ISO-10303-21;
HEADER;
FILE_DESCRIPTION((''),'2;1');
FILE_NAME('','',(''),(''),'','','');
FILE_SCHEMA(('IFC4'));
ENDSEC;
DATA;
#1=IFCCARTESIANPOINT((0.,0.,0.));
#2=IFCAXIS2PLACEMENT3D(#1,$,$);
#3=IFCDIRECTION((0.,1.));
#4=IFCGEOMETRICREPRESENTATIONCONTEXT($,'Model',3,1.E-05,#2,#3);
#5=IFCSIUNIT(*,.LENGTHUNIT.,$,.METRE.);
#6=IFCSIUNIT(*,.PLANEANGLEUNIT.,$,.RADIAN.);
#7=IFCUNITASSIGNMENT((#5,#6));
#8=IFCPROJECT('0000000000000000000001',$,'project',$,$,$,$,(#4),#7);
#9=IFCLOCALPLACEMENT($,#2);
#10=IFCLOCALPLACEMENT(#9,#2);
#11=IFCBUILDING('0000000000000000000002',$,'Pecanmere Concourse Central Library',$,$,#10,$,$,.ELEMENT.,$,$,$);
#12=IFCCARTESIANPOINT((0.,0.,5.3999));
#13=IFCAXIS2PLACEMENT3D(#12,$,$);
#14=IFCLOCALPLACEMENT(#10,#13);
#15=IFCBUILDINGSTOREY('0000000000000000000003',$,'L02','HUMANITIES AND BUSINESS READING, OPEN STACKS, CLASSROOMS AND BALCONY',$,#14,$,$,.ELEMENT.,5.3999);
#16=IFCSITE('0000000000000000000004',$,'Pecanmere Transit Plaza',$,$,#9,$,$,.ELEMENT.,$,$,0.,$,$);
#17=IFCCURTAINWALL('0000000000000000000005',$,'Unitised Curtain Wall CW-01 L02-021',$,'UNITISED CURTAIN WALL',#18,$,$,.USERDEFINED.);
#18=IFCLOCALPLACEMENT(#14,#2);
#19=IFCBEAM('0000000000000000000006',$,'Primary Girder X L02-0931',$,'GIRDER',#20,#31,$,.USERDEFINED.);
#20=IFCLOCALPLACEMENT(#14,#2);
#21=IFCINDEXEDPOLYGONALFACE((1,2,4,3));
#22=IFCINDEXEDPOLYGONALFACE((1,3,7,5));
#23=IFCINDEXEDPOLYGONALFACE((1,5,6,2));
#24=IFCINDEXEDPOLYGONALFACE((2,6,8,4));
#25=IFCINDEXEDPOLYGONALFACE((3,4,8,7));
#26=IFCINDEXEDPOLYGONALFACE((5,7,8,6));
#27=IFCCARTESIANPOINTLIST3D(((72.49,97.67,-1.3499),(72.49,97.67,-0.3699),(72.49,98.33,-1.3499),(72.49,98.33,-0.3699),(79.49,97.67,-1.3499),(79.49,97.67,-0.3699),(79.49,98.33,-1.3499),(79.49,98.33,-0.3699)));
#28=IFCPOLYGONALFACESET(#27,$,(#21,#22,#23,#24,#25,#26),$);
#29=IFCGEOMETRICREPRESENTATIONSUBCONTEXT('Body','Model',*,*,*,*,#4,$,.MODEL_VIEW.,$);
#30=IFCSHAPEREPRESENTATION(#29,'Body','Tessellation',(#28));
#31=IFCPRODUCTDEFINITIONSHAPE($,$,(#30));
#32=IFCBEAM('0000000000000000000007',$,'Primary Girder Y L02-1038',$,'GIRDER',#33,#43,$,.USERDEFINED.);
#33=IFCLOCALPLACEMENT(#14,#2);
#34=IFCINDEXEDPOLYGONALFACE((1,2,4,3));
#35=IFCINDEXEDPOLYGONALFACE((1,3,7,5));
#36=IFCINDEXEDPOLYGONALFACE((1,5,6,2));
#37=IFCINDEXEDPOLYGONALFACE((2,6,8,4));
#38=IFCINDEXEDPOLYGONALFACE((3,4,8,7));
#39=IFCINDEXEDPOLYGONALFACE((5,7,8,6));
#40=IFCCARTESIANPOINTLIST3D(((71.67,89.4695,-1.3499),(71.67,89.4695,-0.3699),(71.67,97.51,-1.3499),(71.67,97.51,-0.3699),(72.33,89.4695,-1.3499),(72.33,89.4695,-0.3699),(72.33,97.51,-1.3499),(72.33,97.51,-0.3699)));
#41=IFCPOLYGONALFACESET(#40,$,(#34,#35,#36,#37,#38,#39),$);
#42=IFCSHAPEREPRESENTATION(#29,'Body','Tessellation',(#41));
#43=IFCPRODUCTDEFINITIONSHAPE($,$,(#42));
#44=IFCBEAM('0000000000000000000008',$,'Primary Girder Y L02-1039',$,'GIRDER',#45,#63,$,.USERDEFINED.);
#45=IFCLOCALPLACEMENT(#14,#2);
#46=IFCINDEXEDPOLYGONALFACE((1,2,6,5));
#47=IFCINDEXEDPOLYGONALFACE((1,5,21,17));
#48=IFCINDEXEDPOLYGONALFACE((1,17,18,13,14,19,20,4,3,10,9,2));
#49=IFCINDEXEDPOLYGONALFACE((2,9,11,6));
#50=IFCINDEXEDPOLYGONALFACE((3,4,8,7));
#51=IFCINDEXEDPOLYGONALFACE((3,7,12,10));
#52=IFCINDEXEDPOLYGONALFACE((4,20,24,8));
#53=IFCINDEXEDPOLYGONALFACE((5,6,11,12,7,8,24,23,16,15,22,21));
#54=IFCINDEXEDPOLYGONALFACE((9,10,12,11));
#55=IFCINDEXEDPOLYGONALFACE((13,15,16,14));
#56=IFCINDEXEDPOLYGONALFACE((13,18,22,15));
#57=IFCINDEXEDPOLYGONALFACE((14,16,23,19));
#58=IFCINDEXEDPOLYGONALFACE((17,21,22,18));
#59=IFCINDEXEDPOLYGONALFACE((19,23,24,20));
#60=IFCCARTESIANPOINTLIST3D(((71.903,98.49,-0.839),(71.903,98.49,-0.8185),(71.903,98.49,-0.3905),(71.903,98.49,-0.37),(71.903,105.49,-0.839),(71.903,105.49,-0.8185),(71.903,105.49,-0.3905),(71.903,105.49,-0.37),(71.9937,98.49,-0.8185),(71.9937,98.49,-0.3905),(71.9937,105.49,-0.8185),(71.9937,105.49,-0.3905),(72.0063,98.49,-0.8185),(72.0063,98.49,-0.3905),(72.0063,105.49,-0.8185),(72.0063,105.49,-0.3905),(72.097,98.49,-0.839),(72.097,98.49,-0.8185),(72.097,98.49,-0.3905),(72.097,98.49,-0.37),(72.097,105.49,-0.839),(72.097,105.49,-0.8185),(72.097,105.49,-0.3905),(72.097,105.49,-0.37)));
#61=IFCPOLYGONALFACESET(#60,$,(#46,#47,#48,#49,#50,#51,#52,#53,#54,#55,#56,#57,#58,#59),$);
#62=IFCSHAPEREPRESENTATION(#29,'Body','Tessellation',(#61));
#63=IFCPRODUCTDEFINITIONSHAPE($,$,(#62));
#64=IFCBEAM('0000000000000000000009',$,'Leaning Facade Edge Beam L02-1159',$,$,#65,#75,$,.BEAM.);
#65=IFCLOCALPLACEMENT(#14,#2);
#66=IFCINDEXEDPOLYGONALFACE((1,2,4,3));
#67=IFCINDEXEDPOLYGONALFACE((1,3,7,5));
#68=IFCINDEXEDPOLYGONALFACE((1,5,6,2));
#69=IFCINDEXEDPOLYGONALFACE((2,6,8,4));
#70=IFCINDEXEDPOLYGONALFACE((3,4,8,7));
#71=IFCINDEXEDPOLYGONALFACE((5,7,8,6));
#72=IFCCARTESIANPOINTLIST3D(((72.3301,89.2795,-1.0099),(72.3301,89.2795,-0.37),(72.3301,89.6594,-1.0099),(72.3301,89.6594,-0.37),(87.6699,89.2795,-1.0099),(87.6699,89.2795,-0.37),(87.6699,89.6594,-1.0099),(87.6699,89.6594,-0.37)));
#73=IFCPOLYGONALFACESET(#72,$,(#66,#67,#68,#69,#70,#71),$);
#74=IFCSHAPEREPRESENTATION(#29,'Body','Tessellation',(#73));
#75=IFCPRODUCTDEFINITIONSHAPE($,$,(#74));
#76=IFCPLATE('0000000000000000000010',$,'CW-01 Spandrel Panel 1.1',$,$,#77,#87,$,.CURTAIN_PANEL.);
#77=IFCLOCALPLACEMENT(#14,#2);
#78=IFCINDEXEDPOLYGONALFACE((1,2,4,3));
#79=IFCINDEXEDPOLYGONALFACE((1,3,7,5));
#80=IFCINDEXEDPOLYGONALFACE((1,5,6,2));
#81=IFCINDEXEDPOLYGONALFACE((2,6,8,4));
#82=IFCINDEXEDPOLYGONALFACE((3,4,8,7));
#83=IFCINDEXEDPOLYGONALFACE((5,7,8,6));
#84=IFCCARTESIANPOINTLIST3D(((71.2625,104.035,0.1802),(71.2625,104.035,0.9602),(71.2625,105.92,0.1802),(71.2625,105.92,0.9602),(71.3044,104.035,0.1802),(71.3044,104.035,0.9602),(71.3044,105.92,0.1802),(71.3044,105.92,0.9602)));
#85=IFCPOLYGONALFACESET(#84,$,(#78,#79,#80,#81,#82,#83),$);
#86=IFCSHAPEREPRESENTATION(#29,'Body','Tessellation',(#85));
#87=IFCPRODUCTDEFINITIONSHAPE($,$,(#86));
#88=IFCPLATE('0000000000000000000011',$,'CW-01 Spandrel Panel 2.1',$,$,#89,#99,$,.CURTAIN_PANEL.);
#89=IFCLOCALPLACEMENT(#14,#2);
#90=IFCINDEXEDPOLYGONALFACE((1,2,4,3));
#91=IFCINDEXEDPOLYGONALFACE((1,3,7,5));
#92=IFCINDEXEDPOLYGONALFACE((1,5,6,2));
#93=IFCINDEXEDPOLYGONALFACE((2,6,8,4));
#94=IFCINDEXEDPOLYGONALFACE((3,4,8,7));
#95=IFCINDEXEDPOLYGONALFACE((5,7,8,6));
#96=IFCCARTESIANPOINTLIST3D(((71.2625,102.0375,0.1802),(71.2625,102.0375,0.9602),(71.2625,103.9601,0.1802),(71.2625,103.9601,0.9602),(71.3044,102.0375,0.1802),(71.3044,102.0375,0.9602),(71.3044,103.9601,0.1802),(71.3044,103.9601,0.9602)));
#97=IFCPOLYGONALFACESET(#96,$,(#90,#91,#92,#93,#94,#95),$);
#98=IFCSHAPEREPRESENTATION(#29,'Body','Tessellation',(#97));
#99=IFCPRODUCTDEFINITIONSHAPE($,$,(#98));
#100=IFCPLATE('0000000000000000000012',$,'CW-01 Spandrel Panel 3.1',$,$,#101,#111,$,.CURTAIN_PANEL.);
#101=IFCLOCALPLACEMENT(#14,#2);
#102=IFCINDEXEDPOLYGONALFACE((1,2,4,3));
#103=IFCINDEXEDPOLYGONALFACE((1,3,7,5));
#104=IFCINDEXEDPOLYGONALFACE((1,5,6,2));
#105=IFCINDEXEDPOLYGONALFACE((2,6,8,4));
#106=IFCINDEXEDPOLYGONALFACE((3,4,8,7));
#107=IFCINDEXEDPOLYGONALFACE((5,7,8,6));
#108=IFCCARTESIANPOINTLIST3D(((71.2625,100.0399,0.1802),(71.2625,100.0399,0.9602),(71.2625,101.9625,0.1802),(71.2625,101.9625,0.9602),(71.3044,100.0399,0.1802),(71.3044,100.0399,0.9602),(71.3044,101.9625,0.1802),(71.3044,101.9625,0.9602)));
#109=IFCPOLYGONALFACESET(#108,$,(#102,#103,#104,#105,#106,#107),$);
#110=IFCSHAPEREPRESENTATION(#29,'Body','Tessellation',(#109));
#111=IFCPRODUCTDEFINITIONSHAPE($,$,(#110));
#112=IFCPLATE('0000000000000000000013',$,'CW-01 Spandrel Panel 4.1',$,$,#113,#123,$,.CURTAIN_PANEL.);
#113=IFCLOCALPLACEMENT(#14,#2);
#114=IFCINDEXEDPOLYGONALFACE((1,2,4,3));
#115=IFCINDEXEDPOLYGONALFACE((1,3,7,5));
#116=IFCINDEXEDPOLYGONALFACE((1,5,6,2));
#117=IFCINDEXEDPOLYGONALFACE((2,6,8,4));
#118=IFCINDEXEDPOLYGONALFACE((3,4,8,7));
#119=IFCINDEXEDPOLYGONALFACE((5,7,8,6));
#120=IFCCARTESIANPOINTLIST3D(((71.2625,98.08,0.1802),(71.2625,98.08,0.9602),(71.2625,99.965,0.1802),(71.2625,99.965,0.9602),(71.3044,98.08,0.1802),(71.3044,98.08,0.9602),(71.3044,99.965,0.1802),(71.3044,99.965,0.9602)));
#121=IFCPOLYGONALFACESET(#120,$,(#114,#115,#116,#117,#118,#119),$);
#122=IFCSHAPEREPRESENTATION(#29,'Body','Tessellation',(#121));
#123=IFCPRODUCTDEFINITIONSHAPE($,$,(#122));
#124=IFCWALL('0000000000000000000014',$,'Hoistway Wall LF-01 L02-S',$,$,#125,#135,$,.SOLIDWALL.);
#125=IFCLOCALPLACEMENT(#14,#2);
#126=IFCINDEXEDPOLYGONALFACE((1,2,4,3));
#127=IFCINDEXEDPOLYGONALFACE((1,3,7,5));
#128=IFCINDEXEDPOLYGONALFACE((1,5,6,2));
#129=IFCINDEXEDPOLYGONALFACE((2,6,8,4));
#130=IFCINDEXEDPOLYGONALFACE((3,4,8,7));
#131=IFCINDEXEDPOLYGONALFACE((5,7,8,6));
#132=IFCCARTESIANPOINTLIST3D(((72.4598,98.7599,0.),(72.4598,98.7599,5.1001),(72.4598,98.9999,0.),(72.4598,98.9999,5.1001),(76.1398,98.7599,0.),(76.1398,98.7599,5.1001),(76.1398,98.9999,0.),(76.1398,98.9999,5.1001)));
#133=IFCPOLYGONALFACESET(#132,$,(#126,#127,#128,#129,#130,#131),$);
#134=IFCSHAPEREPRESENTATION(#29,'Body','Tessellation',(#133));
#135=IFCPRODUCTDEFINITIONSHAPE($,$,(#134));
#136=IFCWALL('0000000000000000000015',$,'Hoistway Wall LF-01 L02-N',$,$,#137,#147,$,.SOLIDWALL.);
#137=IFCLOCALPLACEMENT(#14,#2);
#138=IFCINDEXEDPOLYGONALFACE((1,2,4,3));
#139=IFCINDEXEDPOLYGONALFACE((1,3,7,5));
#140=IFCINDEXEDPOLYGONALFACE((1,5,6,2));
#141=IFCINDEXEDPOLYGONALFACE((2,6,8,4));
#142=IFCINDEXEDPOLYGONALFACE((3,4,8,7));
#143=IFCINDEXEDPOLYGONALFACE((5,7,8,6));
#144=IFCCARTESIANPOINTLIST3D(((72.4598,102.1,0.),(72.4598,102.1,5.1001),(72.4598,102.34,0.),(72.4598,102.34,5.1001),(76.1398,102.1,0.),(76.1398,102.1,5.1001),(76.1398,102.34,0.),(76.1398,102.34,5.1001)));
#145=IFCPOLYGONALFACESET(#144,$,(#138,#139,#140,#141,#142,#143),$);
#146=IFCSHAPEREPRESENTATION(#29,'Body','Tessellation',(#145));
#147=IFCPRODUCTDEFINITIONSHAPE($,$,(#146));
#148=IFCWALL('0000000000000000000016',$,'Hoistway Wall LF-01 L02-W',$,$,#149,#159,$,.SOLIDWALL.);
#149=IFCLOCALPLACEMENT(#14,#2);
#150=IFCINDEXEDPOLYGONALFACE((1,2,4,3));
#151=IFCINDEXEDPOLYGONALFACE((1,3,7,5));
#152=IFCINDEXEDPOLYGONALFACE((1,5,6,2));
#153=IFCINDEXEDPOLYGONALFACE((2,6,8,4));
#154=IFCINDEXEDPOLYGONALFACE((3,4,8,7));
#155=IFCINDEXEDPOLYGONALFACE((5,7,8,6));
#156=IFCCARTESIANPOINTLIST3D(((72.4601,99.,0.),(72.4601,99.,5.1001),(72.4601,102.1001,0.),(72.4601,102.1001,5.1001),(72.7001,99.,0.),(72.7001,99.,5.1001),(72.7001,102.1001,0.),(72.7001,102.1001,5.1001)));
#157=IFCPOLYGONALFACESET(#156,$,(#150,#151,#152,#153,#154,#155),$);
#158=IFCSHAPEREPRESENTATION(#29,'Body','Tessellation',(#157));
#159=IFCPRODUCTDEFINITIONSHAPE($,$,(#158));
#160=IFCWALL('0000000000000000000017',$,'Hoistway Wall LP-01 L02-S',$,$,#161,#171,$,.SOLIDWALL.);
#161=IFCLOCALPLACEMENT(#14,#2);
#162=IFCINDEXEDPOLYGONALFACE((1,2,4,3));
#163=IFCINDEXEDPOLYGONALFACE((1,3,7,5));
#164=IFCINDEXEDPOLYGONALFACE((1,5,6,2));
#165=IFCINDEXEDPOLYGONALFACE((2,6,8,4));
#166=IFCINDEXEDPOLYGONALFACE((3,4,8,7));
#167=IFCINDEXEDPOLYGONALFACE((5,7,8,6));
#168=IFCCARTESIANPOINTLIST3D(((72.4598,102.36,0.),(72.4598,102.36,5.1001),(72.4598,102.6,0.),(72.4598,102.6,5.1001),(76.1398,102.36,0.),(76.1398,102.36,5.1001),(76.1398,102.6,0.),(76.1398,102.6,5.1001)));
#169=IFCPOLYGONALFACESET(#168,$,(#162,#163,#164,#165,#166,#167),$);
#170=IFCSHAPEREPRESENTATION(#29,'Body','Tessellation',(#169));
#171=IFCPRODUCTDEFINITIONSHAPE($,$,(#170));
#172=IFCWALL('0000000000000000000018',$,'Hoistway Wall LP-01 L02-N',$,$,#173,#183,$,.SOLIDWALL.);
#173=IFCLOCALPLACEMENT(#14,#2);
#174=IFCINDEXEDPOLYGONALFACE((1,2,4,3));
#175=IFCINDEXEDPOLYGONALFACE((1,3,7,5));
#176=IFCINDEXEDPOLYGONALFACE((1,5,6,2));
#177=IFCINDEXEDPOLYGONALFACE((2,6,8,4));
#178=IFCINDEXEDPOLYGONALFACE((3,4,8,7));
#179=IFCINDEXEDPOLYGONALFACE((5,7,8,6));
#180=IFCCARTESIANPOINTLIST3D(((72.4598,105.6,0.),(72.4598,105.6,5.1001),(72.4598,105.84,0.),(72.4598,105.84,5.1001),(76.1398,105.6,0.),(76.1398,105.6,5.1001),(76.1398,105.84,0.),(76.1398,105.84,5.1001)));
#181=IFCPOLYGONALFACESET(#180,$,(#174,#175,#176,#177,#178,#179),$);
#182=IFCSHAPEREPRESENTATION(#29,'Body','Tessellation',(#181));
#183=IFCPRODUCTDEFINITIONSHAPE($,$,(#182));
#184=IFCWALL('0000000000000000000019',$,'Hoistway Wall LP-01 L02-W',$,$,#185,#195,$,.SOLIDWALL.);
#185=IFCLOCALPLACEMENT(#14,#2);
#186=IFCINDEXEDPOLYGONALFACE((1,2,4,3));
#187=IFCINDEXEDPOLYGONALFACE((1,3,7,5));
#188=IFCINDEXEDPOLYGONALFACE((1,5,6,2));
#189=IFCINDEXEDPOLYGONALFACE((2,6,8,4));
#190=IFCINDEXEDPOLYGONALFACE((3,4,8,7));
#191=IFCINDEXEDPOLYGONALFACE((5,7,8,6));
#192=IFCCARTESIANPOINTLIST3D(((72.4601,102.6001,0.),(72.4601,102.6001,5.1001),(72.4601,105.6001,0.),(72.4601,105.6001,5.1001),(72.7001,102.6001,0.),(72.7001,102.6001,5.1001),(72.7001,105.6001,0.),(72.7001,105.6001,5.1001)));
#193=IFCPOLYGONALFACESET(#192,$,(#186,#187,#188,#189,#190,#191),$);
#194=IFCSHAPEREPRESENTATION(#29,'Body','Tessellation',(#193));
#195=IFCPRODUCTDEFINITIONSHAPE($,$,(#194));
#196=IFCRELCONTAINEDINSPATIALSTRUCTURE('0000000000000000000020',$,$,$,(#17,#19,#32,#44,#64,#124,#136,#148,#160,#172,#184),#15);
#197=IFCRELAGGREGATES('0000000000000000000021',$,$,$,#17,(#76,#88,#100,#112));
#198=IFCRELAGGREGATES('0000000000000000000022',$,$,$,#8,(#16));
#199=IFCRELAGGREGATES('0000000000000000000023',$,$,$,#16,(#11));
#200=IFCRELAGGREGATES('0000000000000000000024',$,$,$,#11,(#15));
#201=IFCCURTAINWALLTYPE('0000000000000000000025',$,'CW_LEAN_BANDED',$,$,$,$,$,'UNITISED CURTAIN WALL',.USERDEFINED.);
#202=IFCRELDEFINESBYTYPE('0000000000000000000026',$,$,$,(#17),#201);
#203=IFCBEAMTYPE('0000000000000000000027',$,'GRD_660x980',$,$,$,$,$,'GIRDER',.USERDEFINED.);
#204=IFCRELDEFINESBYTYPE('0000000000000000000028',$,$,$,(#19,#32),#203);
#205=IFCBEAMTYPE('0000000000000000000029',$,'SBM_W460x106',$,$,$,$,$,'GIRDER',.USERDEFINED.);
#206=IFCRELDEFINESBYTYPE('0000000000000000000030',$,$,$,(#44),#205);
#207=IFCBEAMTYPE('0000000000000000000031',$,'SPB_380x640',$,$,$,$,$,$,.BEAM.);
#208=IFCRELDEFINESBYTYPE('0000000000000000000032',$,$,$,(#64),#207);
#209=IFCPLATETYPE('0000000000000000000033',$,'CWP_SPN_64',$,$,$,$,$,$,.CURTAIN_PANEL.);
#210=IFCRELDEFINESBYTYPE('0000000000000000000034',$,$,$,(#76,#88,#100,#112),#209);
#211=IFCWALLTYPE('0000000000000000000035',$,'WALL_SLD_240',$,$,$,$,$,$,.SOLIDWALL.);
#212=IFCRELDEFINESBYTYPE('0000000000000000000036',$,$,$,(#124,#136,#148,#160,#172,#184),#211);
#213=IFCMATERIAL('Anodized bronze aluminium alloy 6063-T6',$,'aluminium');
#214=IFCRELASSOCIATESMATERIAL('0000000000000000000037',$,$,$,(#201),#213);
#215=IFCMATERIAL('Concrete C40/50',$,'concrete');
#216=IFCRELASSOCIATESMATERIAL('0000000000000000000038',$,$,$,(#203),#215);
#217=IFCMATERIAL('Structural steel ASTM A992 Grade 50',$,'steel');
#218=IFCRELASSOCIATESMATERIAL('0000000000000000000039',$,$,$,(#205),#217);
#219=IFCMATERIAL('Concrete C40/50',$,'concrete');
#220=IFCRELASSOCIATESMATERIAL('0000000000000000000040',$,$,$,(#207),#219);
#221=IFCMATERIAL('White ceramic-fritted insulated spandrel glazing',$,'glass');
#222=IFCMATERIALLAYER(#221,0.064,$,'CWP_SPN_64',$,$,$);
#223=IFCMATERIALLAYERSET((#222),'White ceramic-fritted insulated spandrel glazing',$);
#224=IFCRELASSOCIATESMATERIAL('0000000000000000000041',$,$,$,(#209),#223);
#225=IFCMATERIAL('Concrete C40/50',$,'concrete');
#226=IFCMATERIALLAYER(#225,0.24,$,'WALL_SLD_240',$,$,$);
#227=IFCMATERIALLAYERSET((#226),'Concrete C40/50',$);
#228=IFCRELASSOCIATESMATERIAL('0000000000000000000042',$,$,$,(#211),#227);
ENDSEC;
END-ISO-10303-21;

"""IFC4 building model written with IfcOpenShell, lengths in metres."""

from ifc_helpers import new_model, si_unit, direction, frame, frame_2d, origin, origin_2d, place, context, subcontext, project, spatial, rectangle, i_section, extrude, material, layer, layer_set, material_profile, profile_set, type_object, element, aggregate, save


model = new_model("IFC4")

# Units and contexts
model_context = context("Model", 3, precision=1e-05, world=origin(), true_north=direction((0.0, 1.0)))
body_context = subcontext(model_context, "Body", "Model", "MODEL_VIEW")
ifc_project = project(units=[si_unit("LENGTHUNIT", "METRE"), si_unit("PLANEANGLEUNIT", "RADIAN")], contexts=[model_context])

# Site, building, storey
site_placement = place(None, origin())
site = spatial("IfcSite", under=ifc_project, at=site_placement, Name="Pecanmere Transit Plaza", CompositionType="ELEMENT", RefElevation=0.0)
building_placement = place(site_placement, origin())
building = spatial("IfcBuilding", under=site, at=building_placement, Name="Pecanmere Concourse Central Library", CompositionType="ELEMENT")
storey_placement = place(building_placement, frame((0.0, 0.0, 5.3999)))
storey = spatial("IfcBuildingStorey", under=building, at=storey_placement, Name="L02", Description="HUMANITIES AND BUSINESS READING, OPEN STACKS, CLASSROOMS AND BALCONY", CompositionType="ELEMENT", Elevation=5.3999)

# Shared definitions
ifc_material_1 = material(Name="Anodized bronze aluminium alloy 6063-T6", Category="aluminium")
curtain_wall_type = type_object("IfcCurtainWallType", Name="CW_LEAN_BANDED", ElementType="UNITISED CURTAIN WALL", PredefinedType="USERDEFINED", material=ifc_material_1)

# Curtain wall
curtain_wall_1_placement = place(storey_placement, origin())
curtain_wall_1 = element("IfcCurtainWall", 1, at=curtain_wall_1_placement, inside=storey, type_object=curtain_wall_type, Name="Unitised Curtain Wall CW-01 L02-021", ObjectType="UNITISED CURTAIN WALL", PredefinedType="USERDEFINED")

# Beams
ifc_material_2 = material(Name="Concrete C40/50", Category="concrete")
ifc_material_profile_1 = material_profile(ifc_material_2, rectangle(XDim=0.6599, YDim=0.98, at=origin_2d()), Name="RC 660x980")
ifc_profile_set_1 = profile_set([ifc_material_profile_1], Name="Concrete C40/50")
beam_type_1 = type_object("IfcBeamType", Name="GRD_660x980", ElementType="GIRDER", PredefinedType="USERDEFINED", material=ifc_profile_set_1)
for number, where, z_axis, x_axis, name in (
    (2, (72.49, 98.0, -0.8599), (1.0, 0.0, 0.0), (0.0, 1.0, 0.0), "Primary Girder X L02-0931"),
):
    element("IfcBeam", number, at=place(storey_placement, frame(where, z_axis=z_axis, x_axis=x_axis)), inside=storey, type_object=beam_type_1, Name=name, ObjectType="GIRDER", PredefinedType="USERDEFINED", context=body_context, shape_type="SweptSolid", body=[
        extrude(rectangle(XDim=0.6599, YDim=0.98, at=origin_2d()), origin(), (0.0, 0.0, 1.0), 7.0),
    ])
beam_1_placement = place(storey_placement, frame((72.0, 89.4695, -0.8599), z_axis=(0.0, 1.0, 0.0), x_axis=(-1.0, 0.0, 0.0)))
element("IfcBeam", 3, at=beam_1_placement, inside=storey, type_object=beam_type_1, Name="Primary Girder Y L02-1038", ObjectType="GIRDER", PredefinedType="USERDEFINED", context=body_context, shape_type="SweptSolid", body=[
    extrude(rectangle(XDim=0.6599, YDim=0.98, at=origin_2d()), origin(), (0.0, 0.0, 1.0), 8.0405),
])
ifc_material_3 = material(Name="Structural steel ASTM A992 Grade 50", Category="steel")
ifc_material_profile_2 = material_profile(ifc_material_3, i_section(OverallWidth=0.1941, OverallDepth=0.469, WebThickness=0.0127, FlangeThickness=0.0205, at=origin_2d()), Name="W460x106")
ifc_profile_set_2 = profile_set([ifc_material_profile_2], Name="Structural steel ASTM A992 Grade 50")
beam_type_2 = type_object("IfcBeamType", Name="SBM_W460x106", ElementType="GIRDER", PredefinedType="USERDEFINED", material=ifc_profile_set_2)
beam_2_placement = place(storey_placement, frame((72.0, 98.49, -0.6045), z_axis=(0.0, 1.0, 0.0), x_axis=(-1.0, 0.0, 0.0)))
element("IfcBeam", 4, at=beam_2_placement, inside=storey, type_object=beam_type_2, Name="Primary Girder Y L02-1039", ObjectType="GIRDER", PredefinedType="USERDEFINED", context=body_context, shape_type="SweptSolid", body=[
    extrude(i_section(OverallWidth=0.1941, OverallDepth=0.469, WebThickness=0.0127, FlangeThickness=0.0205, at=origin_2d()), origin(), (0.0, 0.0, 1.0), 7.0),
])
ifc_material_4 = material(Name="Concrete C40/50", Category="concrete")
ifc_material_profile_3 = material_profile(ifc_material_4, rectangle(XDim=0.3799, YDim=0.6399, at=origin_2d()), Name="RC 380x640")
ifc_profile_set_3 = profile_set([ifc_material_profile_3], Name="Concrete C40/50")
beam_type_3 = type_object("IfcBeamType", Name="SPB_380x640", PredefinedType="BEAM", material=ifc_profile_set_3)
beam_3_placement = place(storey_placement, frame((72.3301, 89.4695, -0.6899), z_axis=(1.0, 0.0, 0.0), x_axis=(0.0, 1.0, 0.0)))
element("IfcBeam", 5, at=beam_3_placement, inside=storey, type_object=beam_type_3, Name="Leaning Facade Edge Beam L02-1159", PredefinedType="BEAM", context=body_context, shape_type="SweptSolid", body=[
    extrude(rectangle(XDim=0.3799, YDim=0.6399, at=origin_2d()), origin(), (0.0, 0.0, 1.0), 15.3398),
])

# Plates
ifc_material_5 = material(Name="White ceramic-fritted insulated spandrel glazing", Category="glass")
ifc_layer_1 = layer(ifc_material_5, 0.064, Name="CWP_SPN_64")
ifc_layer_set_1 = layer_set([ifc_layer_1], Name="White ceramic-fritted insulated spandrel glazing")
plate_type = type_object("IfcPlateType", Name="CWP_SPN_64", PredefinedType="CURTAIN_PANEL", material=ifc_layer_set_1)
plate_1_placement = place(storey_placement, frame((71.2834, 104.9775, 0.1802), z_axis=(0.0, 0.0, 1.0), x_axis=(0.0, -1.0, 0.0)))
plate_1 = element("IfcPlate", 6, at=plate_1_placement, type_object=plate_type, Name="CW-01 Spandrel Panel 1.1", PredefinedType="CURTAIN_PANEL", context=body_context, shape_type="SweptSolid", body=[
    extrude(rectangle(XDim=1.885, YDim=0.042, at=origin_2d()), origin(), (0.0, 0.0, 1.0), 0.78),
])
plate_2_placement = place(storey_placement, frame((71.2834, 102.9988, 0.1802), z_axis=(0.0, 0.0, 1.0), x_axis=(0.0, -1.0, 0.0)))
plate_2 = element("IfcPlate", 7, at=plate_2_placement, type_object=plate_type, Name="CW-01 Spandrel Panel 2.1", PredefinedType="CURTAIN_PANEL", context=body_context, shape_type="SweptSolid", body=[
    extrude(rectangle(XDim=1.9226, YDim=0.042, at=origin_2d()), origin(), (0.0, 0.0, 1.0), 0.78),
])
plate_3_placement = place(storey_placement, frame((71.2834, 101.0012, 0.1802), z_axis=(0.0, 0.0, 1.0), x_axis=(0.0, -1.0, 0.0)))
plate_3 = element("IfcPlate", 8, at=plate_3_placement, type_object=plate_type, Name="CW-01 Spandrel Panel 3.1", PredefinedType="CURTAIN_PANEL", context=body_context, shape_type="SweptSolid", body=[
    extrude(rectangle(XDim=1.9226, YDim=0.042, at=origin_2d()), origin(), (0.0, 0.0, 1.0), 0.78),
])
plate_4_placement = place(storey_placement, frame((71.2834, 99.0225, 0.1802), z_axis=(0.0, 0.0, 1.0), x_axis=(0.0, -1.0, 0.0)))
plate_4 = element("IfcPlate", 9, at=plate_4_placement, type_object=plate_type, Name="CW-01 Spandrel Panel 4.1", PredefinedType="CURTAIN_PANEL", context=body_context, shape_type="SweptSolid", body=[
    extrude(rectangle(XDim=1.885, YDim=0.042, at=origin_2d()), origin(), (0.0, 0.0, 1.0), 0.78),
])
aggregate(curtain_wall_1, [plate_1, plate_2, plate_3, plate_4])

# Walls
ifc_material_6 = material(Name="Concrete C40/50", Category="concrete")
ifc_layer_2 = layer(ifc_material_6, 0.24, Name="WALL_SLD_240")
ifc_layer_set_2 = layer_set([ifc_layer_2], Name="Concrete C40/50")
wall_type_1 = type_object("IfcWallType", Name="WALL_SLD_240", PredefinedType="SOLIDWALL", material=ifc_layer_set_2)
for number, where, z_axis, x_axis, name in (
    (10, (72.46, 98.8799, 0.0), (0.0, 0.0, 1.0), (1.0, 0.0, 0.0), "Hoistway Wall LF-01 L02-S"),
    (11, (72.46, 102.22, 0.0), (0.0, 0.0, 1.0), (1.0, 0.0, 0.0), "Hoistway Wall LF-01 L02-N"),
):
    element("IfcWall", number, at=place(storey_placement, frame(where, z_axis=z_axis, x_axis=x_axis)), inside=storey, type_object=wall_type_1, Name=name, PredefinedType="SOLIDWALL", context=body_context, shape_type="SweptSolid", body=[
        extrude(rectangle(XDim=3.6799, YDim=0.24, at=frame_2d((1.8398, 0.0))), origin(), (0.0, 0.0, 1.0), 5.1001),
    ])
wall_1_placement = place(storey_placement, frame((72.5801, 99.0, 0.0), z_axis=(0.0, 0.0, 1.0), x_axis=(0.0, 1.0, 0.0)))
element("IfcWall", 12, at=wall_1_placement, inside=storey, type_object=wall_type_1, Name="Hoistway Wall LF-01 L02-W", PredefinedType="SOLIDWALL", context=body_context, shape_type="SweptSolid", body=[
    extrude(rectangle(XDim=3.1001, YDim=0.24, at=frame_2d((1.55, 0.0))), origin(), (0.0, 0.0, 1.0), 5.1001),
])
for number, where, z_axis, x_axis, name in (
    (13, (72.46, 102.48, 0.0), (0.0, 0.0, 1.0), (1.0, 0.0, 0.0), "Hoistway Wall LP-01 L02-S"),
    (14, (72.46, 105.72, 0.0), (0.0, 0.0, 1.0), (1.0, 0.0, 0.0), "Hoistway Wall LP-01 L02-N"),
):
    element("IfcWall", number, at=place(storey_placement, frame(where, z_axis=z_axis, x_axis=x_axis)), inside=storey, type_object=wall_type_1, Name=name, PredefinedType="SOLIDWALL", context=body_context, shape_type="SweptSolid", body=[
        extrude(rectangle(XDim=3.6799, YDim=0.24, at=frame_2d((1.8398, 0.0))), origin(), (0.0, 0.0, 1.0), 5.1001),
    ])
wall_2_placement = place(storey_placement, frame((72.5801, 102.6001, 0.0), z_axis=(0.0, 0.0, 1.0), x_axis=(0.0, 1.0, 0.0)))
element("IfcWall", 15, at=wall_2_placement, inside=storey, type_object=wall_type_1, Name="Hoistway Wall LP-01 L02-W", PredefinedType="SOLIDWALL", context=body_context, shape_type="SweptSolid", body=[
    extrude(rectangle(XDim=3.0, YDim=0.24, at=frame_2d((1.5, 0.0))), origin(), (0.0, 0.0, 1.0), 5.1001),
])

save(model, "model.ifc")
